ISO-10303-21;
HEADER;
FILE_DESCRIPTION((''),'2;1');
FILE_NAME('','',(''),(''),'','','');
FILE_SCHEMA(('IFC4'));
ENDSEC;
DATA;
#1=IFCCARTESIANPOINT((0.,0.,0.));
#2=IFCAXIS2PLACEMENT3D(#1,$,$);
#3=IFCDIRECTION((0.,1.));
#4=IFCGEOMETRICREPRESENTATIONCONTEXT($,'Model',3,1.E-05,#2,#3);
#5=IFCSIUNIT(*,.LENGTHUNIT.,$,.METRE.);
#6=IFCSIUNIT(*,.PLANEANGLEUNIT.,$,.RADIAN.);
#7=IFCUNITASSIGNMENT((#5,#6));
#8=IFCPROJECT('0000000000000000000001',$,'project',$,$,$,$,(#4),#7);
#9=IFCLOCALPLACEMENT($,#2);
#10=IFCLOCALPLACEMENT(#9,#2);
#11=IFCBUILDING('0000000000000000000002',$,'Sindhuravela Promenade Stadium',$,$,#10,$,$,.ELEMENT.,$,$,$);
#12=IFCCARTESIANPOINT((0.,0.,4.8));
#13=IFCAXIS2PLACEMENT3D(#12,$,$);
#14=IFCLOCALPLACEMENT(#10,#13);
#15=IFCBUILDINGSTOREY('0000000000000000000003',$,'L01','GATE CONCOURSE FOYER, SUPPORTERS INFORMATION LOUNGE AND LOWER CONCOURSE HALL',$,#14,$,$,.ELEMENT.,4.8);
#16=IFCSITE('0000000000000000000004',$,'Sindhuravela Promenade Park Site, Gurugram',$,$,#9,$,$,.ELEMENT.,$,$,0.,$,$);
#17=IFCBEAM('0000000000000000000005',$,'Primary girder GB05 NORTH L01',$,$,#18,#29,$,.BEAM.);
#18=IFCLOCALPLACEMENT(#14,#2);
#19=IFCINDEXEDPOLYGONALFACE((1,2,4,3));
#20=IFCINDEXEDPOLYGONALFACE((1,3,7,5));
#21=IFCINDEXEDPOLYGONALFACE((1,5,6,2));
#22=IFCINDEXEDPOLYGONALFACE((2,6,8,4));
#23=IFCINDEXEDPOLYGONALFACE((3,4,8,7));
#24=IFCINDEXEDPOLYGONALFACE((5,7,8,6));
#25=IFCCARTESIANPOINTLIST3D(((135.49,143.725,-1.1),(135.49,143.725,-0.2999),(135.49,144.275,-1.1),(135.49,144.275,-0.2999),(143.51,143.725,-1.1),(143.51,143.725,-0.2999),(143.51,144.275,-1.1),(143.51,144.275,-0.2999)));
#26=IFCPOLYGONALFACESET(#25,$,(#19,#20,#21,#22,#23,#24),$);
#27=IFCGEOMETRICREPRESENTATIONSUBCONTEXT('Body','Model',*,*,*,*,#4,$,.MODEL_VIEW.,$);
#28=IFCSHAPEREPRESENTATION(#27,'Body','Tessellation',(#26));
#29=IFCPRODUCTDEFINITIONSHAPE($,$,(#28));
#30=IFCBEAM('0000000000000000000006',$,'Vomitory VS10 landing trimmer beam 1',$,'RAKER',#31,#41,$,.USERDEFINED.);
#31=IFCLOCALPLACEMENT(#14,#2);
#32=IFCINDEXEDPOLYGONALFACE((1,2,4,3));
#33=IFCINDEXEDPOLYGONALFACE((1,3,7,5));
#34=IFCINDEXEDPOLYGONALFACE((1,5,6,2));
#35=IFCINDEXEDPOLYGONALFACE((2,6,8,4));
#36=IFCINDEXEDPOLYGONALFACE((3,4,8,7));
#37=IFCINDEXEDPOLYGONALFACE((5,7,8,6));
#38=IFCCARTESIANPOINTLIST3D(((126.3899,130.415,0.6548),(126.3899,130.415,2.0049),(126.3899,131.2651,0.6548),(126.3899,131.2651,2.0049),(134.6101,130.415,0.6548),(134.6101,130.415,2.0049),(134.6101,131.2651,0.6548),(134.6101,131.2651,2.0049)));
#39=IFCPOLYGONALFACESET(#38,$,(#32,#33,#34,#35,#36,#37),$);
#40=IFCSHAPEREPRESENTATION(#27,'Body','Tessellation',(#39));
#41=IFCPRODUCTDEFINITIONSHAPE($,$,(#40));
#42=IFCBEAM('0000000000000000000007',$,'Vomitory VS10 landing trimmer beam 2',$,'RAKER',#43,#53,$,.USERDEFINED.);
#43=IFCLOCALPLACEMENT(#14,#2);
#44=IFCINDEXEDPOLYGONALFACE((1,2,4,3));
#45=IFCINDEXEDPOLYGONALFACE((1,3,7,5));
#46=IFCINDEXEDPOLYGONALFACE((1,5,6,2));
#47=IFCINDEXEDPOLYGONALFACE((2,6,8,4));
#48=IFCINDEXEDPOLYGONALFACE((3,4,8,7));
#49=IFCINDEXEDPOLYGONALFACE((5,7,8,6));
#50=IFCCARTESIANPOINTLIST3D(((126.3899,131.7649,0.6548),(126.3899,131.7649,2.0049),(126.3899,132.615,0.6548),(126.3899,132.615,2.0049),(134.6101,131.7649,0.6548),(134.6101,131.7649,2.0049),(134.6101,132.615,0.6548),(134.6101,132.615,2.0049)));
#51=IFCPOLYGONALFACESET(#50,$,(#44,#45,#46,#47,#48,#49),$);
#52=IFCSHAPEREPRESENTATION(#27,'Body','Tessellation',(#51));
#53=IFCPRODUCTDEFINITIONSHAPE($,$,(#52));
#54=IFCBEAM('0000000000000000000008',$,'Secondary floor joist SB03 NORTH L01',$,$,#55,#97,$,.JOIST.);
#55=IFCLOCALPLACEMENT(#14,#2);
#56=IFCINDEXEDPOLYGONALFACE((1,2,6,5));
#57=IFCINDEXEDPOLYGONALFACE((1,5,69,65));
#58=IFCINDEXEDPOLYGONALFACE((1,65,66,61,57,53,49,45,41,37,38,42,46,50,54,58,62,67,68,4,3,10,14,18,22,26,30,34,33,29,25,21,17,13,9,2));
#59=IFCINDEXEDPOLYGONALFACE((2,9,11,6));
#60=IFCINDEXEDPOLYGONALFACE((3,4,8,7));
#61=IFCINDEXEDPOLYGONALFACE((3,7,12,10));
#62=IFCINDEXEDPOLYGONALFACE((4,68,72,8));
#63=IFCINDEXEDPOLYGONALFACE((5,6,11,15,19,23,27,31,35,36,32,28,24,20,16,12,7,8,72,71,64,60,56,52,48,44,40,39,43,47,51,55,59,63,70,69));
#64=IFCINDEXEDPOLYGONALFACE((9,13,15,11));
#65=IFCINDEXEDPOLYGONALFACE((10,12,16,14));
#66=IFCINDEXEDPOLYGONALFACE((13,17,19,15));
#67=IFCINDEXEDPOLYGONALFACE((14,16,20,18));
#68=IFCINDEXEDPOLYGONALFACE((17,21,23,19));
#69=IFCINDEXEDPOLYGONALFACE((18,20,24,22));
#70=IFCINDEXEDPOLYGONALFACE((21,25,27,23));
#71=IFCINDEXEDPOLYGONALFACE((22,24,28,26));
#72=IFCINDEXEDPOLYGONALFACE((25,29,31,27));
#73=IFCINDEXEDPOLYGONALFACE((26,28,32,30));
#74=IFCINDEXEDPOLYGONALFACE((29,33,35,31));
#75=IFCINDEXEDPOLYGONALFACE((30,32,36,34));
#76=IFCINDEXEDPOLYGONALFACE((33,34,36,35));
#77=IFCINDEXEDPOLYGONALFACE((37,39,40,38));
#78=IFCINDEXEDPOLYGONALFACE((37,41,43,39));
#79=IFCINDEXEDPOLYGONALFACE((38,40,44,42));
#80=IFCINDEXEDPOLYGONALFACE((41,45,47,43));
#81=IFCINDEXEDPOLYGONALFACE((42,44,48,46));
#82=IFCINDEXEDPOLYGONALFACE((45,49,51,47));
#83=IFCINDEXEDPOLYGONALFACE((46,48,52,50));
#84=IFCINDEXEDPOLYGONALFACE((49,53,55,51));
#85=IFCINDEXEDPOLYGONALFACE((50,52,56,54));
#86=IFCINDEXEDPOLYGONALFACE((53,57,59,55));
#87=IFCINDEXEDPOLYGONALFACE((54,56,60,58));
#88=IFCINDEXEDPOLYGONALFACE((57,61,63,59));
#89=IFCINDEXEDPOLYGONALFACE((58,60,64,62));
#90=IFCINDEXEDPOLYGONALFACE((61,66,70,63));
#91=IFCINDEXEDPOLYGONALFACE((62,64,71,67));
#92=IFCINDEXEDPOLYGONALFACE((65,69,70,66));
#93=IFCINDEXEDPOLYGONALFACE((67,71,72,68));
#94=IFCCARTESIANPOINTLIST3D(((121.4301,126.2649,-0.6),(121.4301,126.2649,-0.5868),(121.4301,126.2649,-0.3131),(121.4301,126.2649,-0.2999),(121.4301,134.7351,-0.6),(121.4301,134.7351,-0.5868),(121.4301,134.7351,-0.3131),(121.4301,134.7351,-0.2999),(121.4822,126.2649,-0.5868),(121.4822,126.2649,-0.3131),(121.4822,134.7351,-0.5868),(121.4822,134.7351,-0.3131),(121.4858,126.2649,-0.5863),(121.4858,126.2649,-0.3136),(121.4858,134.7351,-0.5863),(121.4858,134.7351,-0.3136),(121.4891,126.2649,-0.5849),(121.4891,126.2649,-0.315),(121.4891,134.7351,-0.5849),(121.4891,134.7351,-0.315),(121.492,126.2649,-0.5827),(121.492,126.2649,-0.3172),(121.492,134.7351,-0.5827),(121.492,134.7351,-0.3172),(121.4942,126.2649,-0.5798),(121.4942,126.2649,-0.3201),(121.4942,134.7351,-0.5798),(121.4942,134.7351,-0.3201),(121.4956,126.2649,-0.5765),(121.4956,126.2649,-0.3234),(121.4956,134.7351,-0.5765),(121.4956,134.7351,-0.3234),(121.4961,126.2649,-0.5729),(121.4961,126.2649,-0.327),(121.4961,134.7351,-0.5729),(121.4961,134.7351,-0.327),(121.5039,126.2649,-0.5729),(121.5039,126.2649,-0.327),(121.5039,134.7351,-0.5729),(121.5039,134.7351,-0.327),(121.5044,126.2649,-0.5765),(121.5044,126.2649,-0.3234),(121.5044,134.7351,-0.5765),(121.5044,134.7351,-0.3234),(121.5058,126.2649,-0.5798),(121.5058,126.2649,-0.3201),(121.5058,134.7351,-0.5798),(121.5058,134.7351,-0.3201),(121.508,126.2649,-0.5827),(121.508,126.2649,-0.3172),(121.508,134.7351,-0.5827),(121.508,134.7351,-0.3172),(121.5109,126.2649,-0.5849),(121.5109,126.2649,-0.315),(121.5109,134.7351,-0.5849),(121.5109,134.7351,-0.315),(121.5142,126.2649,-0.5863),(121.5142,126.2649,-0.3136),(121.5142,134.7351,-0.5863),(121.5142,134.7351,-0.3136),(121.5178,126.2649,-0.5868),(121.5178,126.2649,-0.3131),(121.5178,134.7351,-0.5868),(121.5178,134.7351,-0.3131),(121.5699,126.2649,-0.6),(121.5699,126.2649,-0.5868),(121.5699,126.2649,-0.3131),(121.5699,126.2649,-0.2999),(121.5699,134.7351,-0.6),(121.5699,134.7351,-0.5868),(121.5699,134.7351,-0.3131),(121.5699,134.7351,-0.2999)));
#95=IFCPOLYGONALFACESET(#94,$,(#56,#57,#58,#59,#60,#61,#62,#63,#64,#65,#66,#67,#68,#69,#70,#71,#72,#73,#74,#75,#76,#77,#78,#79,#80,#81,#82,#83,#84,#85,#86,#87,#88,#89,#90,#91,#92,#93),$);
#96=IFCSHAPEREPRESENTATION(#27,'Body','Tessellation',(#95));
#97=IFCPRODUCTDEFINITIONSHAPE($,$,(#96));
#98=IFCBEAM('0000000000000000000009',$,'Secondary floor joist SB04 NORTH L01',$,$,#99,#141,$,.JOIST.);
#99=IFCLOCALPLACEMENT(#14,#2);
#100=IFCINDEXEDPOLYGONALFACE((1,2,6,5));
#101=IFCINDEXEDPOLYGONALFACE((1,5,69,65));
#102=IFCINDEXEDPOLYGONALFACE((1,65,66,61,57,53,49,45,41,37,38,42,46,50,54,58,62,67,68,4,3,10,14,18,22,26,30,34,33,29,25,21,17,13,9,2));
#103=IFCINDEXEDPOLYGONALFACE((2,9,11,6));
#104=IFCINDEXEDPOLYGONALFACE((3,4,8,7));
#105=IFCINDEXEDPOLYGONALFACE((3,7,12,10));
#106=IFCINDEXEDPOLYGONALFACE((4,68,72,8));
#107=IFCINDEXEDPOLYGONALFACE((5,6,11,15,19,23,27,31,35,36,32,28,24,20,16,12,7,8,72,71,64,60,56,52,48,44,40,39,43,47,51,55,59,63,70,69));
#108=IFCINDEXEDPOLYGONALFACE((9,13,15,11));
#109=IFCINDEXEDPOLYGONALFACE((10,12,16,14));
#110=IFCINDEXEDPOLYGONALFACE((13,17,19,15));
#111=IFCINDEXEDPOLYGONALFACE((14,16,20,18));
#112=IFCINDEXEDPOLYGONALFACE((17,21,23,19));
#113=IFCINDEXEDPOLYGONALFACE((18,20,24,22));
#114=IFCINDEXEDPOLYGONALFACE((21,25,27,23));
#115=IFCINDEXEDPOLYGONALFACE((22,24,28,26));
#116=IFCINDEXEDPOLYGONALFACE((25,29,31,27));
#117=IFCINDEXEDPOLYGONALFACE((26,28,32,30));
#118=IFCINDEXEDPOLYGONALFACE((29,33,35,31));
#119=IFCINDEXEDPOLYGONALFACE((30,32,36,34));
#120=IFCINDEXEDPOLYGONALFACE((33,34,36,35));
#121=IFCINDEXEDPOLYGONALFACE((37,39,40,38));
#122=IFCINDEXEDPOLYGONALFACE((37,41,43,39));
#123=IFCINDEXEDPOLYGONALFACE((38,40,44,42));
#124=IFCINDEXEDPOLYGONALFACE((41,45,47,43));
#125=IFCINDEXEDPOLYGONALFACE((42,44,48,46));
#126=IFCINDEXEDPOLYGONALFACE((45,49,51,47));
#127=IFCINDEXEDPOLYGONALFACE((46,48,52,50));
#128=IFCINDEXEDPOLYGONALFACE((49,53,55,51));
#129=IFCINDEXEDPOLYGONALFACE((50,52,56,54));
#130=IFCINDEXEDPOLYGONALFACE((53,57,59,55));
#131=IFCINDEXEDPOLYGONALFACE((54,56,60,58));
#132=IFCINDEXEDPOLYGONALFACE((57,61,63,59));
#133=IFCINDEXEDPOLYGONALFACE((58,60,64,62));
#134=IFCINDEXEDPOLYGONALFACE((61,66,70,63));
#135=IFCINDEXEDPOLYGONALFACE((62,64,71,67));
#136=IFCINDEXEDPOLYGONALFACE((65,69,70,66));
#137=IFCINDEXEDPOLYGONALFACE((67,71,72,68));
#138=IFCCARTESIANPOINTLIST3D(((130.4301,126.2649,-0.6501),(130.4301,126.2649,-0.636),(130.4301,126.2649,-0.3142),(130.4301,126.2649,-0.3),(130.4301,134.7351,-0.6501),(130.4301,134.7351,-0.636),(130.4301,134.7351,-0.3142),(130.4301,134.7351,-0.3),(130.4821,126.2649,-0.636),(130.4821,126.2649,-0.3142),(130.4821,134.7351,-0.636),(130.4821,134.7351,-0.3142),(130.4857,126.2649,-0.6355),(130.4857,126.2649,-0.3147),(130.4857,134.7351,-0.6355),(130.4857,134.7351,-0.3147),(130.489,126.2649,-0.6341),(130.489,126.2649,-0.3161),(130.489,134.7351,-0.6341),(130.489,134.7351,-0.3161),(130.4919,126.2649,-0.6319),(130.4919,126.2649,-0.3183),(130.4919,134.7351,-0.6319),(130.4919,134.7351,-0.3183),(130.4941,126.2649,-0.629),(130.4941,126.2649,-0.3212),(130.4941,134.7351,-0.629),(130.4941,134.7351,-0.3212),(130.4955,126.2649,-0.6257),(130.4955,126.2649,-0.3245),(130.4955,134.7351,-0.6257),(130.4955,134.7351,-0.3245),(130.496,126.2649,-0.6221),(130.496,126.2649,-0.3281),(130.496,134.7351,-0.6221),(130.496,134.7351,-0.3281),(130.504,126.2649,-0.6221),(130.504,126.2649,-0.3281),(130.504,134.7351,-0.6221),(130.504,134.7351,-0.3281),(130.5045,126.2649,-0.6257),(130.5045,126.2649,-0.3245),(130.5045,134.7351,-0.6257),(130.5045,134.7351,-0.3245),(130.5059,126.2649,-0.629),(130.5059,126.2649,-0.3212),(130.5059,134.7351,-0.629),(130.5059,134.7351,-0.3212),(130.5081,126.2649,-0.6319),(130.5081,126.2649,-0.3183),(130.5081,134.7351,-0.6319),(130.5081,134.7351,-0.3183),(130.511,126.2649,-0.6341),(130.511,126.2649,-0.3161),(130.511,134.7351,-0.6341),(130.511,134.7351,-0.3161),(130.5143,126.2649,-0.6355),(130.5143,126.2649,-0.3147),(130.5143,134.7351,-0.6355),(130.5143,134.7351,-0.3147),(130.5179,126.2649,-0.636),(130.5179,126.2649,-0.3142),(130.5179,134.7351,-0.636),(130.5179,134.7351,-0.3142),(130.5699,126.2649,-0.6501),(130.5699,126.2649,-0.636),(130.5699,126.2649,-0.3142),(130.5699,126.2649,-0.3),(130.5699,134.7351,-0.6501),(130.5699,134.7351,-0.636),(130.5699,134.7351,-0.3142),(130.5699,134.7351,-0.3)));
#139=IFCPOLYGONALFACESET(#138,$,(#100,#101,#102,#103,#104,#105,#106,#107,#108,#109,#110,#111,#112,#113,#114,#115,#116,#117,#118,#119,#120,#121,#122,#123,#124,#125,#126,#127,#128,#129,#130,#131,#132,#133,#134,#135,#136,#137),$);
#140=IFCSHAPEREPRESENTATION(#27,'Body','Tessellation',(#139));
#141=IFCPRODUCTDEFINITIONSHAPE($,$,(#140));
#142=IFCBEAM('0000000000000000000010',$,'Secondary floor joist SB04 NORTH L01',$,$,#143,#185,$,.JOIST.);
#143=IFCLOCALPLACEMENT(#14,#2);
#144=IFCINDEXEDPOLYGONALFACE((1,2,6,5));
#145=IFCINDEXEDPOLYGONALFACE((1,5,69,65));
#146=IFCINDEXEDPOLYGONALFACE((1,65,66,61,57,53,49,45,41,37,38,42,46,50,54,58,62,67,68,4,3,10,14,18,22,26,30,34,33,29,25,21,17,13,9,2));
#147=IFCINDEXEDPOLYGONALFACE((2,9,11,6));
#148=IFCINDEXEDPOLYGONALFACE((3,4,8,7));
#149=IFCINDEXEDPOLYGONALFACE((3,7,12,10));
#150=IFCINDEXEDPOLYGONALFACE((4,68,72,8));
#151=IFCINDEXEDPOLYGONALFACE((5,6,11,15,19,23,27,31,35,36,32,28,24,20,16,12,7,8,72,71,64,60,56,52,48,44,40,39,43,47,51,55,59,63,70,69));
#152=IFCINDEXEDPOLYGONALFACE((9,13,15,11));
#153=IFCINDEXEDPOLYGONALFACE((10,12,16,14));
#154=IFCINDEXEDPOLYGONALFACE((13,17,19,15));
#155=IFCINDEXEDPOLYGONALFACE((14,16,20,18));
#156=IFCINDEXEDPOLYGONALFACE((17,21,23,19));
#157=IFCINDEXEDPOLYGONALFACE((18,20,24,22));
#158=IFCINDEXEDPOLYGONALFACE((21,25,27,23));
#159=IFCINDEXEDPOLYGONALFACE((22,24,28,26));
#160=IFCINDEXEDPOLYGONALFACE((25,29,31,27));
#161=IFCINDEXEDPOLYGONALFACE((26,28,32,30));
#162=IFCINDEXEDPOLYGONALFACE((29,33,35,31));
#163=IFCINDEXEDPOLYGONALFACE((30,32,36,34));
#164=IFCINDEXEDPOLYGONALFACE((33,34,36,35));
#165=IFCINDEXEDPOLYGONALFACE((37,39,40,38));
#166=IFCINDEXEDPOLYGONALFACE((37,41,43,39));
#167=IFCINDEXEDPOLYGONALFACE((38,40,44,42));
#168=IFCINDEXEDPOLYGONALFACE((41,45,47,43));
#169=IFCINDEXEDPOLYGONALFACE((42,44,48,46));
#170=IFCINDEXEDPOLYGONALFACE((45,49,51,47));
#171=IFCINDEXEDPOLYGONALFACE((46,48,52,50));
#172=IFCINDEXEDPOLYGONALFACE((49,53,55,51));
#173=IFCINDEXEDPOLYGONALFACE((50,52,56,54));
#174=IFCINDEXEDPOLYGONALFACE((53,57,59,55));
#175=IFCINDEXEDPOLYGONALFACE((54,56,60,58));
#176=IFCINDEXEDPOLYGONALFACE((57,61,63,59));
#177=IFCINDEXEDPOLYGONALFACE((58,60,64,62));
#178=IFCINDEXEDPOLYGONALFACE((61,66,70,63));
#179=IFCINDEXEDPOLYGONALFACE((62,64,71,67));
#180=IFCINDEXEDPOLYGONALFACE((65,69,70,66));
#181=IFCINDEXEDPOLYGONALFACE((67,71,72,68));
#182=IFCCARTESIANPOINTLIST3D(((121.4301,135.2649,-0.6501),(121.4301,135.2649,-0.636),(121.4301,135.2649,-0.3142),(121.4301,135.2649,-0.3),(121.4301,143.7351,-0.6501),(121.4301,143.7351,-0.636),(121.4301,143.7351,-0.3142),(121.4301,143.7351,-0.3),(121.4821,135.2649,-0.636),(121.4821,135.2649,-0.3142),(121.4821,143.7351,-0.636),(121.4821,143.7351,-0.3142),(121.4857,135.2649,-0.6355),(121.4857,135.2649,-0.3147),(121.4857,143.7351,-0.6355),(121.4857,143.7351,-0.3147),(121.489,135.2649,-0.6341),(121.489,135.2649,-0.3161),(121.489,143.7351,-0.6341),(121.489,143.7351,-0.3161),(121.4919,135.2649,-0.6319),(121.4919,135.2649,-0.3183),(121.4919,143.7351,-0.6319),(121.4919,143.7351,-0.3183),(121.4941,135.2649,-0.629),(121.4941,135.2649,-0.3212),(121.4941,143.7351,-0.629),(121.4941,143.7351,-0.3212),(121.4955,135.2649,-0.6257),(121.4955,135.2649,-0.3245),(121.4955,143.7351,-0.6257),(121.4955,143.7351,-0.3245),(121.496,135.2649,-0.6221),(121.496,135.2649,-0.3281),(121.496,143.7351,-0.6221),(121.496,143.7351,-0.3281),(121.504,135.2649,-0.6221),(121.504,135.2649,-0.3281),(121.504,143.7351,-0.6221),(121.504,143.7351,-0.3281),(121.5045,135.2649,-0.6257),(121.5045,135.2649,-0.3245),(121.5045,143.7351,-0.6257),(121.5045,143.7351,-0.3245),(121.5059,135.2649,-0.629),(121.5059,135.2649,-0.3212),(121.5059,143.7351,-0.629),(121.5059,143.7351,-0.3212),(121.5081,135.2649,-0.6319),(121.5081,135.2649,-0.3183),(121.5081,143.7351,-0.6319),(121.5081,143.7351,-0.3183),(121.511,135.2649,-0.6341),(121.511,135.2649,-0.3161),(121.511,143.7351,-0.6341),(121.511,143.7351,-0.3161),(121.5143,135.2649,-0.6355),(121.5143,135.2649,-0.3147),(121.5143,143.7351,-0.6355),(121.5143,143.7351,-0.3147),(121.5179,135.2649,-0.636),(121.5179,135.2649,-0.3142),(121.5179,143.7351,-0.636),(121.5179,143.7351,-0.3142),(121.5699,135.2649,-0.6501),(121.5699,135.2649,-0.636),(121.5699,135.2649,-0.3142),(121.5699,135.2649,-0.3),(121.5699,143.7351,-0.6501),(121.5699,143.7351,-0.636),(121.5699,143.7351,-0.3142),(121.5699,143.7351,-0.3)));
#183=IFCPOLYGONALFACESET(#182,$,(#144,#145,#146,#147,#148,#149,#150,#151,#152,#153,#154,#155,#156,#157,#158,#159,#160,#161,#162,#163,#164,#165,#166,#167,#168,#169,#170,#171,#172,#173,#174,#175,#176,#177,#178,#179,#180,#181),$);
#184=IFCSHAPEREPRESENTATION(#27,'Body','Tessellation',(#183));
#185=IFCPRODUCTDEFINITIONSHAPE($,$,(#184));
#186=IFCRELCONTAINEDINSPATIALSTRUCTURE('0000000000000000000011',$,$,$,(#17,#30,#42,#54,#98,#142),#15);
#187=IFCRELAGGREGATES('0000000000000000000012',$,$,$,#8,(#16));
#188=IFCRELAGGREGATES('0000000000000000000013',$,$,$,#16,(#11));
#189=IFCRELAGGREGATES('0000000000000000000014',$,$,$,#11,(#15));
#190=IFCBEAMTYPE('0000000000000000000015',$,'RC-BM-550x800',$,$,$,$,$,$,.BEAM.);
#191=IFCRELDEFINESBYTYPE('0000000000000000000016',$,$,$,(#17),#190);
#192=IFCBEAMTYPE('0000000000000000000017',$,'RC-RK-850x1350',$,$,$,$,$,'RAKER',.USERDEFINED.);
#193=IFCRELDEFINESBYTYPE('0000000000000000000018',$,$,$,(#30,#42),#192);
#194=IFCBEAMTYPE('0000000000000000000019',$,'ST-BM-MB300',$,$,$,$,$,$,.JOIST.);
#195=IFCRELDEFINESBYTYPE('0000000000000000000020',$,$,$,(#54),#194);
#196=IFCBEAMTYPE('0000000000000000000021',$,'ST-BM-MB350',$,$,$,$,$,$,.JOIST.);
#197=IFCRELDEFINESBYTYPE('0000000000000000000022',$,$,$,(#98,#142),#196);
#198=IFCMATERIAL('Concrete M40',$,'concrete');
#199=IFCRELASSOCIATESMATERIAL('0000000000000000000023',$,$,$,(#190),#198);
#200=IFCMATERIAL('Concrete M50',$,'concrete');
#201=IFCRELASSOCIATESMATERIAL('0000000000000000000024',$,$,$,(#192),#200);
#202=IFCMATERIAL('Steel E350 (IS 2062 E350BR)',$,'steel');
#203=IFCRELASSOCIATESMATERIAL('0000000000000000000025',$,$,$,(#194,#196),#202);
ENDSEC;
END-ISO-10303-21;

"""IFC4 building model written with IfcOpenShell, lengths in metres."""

from ifc_helpers import new_model, si_unit, direction, frame, origin, origin_2d, place, context, subcontext, project, spatial, rectangle, i_section, extrude, material, material_profile, profile_set, type_object, element, save


model = new_model("IFC4")

# Units and contexts
model_context = context("Model", 3, precision=1e-05, world=origin(), true_north=direction((0.0, 1.0)))
body_context = subcontext(model_context, "Body", "Model", "MODEL_VIEW")
ifc_project = project(units=[si_unit("LENGTHUNIT", "METRE"), si_unit("PLANEANGLEUNIT", "RADIAN")], contexts=[model_context])

# Site, building, storey
site_placement = place(None, origin())
site = spatial("IfcSite", under=ifc_project, at=site_placement, Name="Sindhuravela Promenade Park Site, Gurugram", CompositionType="ELEMENT", RefElevation=0.0)
building_placement = place(site_placement, origin())
building = spatial("IfcBuilding", under=site, at=building_placement, Name="Sindhuravela Promenade Stadium", CompositionType="ELEMENT")
storey_placement = place(building_placement, frame((0.0, 0.0, 4.8)))
storey = spatial("IfcBuildingStorey", under=building, at=storey_placement, Name="L01", Description="GATE CONCOURSE FOYER, SUPPORTERS INFORMATION LOUNGE AND LOWER CONCOURSE HALL", CompositionType="ELEMENT", Elevation=4.8)

# Shared definitions
ifc_material_1 = material(Name="Concrete M40", Category="concrete")

# Beams
ifc_material_profile_1 = material_profile(ifc_material_1, rectangle(XDim=0.55, YDim=0.8, at=origin_2d()), Name="RC 550x800")
ifc_profile_set_1 = profile_set([ifc_material_profile_1], Name="Concrete M40")
beam_type_1 = type_object("IfcBeamType", Name="RC-BM-550x800", PredefinedType="BEAM", material=ifc_profile_set_1)
for number, where, z_axis, x_axis, name in (
    (1, (135.49, 144.0, -0.7), (1.0, 0.0, 0.0), (0.0, 1.0, 0.0), "Primary girder GB05 NORTH L01"),
):
    element("IfcBeam", number, at=place(storey_placement, frame(where, z_axis=z_axis, x_axis=x_axis)), inside=storey, type_object=beam_type_1, Name=name, PredefinedType="BEAM", context=body_context, shape_type="SweptSolid", body=[
        extrude(rectangle(XDim=0.55, YDim=0.8, at=origin_2d()), origin(), (0.0, 0.0, 1.0), 8.02),
    ])
ifc_material_2 = material(Name="Concrete M50", Category="concrete")
ifc_material_profile_2 = material_profile(ifc_material_2, rectangle(XDim=0.8501, YDim=1.3501, at=origin_2d()), Name="RC 850x1350")
ifc_profile_set_2 = profile_set([ifc_material_profile_2], Name="Concrete M50")
beam_type_2 = type_object("IfcBeamType", Name="RC-RK-850x1350", ElementType="RAKER", PredefinedType="USERDEFINED", material=ifc_profile_set_2)
for number, where, z_axis, x_axis, name in (
    (2, (126.3899, 130.8401, 1.3298), (1.0, 0.0, 0.0), (0.0, 1.0, 0.0), "Vomitory VS10 landing trimmer beam 1"),
    (3, (126.3899, 132.1899, 1.3298), (1.0, 0.0, 0.0), (0.0, 1.0, 0.0), "Vomitory VS10 landing trimmer beam 2"),
):
    element("IfcBeam", number, at=place(storey_placement, frame(where, z_axis=z_axis, x_axis=x_axis)), inside=storey, type_object=beam_type_2, Name=name, ObjectType="RAKER", PredefinedType="USERDEFINED", context=body_context, shape_type="SweptSolid", body=[
        extrude(rectangle(XDim=0.8501, YDim=1.3501, at=origin_2d()), origin(), (0.0, 0.0, 1.0), 8.2202),
    ])
ifc_material_3 = material(Name="Steel E350 (IS 2062 E350BR)", Category="steel")
ifc_material_profile_3 = material_profile(ifc_material_3, i_section(OverallWidth=0.1399, OverallDepth=0.3, WebThickness=0.0078, FlangeThickness=0.0132, FilletRadius=0.0139, at=origin_2d()), Name="ISMB 300")
ifc_profile_set_3 = profile_set([ifc_material_profile_3], Name="Steel E350 (IS 2062 E350BR)")
beam_type_3 = type_object("IfcBeamType", Name="ST-BM-MB300", PredefinedType="JOIST", material=ifc_profile_set_3)
beam_1_placement = place(storey_placement, frame((121.5, 126.2649, -0.45), z_axis=(0.0, 1.0, 0.0), x_axis=(-1.0, 0.0, 0.0)))
element("IfcBeam", 4, at=beam_1_placement, inside=storey, type_object=beam_type_3, Name="Secondary floor joist SB03 NORTH L01", PredefinedType="JOIST", context=body_context, shape_type="SweptSolid", body=[
    extrude(i_section(OverallWidth=0.1399, OverallDepth=0.3, WebThickness=0.0078, FlangeThickness=0.0132, FilletRadius=0.0139, at=origin_2d()), origin(), (0.0, 0.0, 1.0), 8.4702),
])
ifc_material_profile_4 = material_profile(ifc_material_3, i_section(OverallWidth=0.1399, OverallDepth=0.3501, WebThickness=0.0081, FlangeThickness=0.0142, FilletRadius=0.0139, at=origin_2d()), Name="ISMB 350")
ifc_profile_set_4 = profile_set([ifc_material_profile_4], Name="Steel E350 (IS 2062 E350BR)")
beam_type_4 = type_object("IfcBeamType", Name="ST-BM-MB350", PredefinedType="JOIST", material=ifc_profile_set_4)
for number, where, z_axis, x_axis, name in (
    (5, (130.5, 126.2649, -0.4751), (0.0, 1.0, 0.0), (-1.0, 0.0, 0.0), "Secondary floor joist SB04 NORTH L01"),
    (6, (121.5, 135.2649, -0.4751), (0.0, 1.0, 0.0), (-1.0, 0.0, 0.0), "Secondary floor joist SB04 NORTH L01"),
):
    element("IfcBeam", number, at=place(storey_placement, frame(where, z_axis=z_axis, x_axis=x_axis)), inside=storey, type_object=beam_type_4, Name=name, PredefinedType="JOIST", context=body_context, shape_type="SweptSolid", body=[
        extrude(i_section(OverallWidth=0.1399, OverallDepth=0.3501, WebThickness=0.0081, FlangeThickness=0.0142, FilletRadius=0.0139, at=origin_2d()), origin(), (0.0, 0.0, 1.0), 8.4702),
    ])

save(model, "model.ifc")
